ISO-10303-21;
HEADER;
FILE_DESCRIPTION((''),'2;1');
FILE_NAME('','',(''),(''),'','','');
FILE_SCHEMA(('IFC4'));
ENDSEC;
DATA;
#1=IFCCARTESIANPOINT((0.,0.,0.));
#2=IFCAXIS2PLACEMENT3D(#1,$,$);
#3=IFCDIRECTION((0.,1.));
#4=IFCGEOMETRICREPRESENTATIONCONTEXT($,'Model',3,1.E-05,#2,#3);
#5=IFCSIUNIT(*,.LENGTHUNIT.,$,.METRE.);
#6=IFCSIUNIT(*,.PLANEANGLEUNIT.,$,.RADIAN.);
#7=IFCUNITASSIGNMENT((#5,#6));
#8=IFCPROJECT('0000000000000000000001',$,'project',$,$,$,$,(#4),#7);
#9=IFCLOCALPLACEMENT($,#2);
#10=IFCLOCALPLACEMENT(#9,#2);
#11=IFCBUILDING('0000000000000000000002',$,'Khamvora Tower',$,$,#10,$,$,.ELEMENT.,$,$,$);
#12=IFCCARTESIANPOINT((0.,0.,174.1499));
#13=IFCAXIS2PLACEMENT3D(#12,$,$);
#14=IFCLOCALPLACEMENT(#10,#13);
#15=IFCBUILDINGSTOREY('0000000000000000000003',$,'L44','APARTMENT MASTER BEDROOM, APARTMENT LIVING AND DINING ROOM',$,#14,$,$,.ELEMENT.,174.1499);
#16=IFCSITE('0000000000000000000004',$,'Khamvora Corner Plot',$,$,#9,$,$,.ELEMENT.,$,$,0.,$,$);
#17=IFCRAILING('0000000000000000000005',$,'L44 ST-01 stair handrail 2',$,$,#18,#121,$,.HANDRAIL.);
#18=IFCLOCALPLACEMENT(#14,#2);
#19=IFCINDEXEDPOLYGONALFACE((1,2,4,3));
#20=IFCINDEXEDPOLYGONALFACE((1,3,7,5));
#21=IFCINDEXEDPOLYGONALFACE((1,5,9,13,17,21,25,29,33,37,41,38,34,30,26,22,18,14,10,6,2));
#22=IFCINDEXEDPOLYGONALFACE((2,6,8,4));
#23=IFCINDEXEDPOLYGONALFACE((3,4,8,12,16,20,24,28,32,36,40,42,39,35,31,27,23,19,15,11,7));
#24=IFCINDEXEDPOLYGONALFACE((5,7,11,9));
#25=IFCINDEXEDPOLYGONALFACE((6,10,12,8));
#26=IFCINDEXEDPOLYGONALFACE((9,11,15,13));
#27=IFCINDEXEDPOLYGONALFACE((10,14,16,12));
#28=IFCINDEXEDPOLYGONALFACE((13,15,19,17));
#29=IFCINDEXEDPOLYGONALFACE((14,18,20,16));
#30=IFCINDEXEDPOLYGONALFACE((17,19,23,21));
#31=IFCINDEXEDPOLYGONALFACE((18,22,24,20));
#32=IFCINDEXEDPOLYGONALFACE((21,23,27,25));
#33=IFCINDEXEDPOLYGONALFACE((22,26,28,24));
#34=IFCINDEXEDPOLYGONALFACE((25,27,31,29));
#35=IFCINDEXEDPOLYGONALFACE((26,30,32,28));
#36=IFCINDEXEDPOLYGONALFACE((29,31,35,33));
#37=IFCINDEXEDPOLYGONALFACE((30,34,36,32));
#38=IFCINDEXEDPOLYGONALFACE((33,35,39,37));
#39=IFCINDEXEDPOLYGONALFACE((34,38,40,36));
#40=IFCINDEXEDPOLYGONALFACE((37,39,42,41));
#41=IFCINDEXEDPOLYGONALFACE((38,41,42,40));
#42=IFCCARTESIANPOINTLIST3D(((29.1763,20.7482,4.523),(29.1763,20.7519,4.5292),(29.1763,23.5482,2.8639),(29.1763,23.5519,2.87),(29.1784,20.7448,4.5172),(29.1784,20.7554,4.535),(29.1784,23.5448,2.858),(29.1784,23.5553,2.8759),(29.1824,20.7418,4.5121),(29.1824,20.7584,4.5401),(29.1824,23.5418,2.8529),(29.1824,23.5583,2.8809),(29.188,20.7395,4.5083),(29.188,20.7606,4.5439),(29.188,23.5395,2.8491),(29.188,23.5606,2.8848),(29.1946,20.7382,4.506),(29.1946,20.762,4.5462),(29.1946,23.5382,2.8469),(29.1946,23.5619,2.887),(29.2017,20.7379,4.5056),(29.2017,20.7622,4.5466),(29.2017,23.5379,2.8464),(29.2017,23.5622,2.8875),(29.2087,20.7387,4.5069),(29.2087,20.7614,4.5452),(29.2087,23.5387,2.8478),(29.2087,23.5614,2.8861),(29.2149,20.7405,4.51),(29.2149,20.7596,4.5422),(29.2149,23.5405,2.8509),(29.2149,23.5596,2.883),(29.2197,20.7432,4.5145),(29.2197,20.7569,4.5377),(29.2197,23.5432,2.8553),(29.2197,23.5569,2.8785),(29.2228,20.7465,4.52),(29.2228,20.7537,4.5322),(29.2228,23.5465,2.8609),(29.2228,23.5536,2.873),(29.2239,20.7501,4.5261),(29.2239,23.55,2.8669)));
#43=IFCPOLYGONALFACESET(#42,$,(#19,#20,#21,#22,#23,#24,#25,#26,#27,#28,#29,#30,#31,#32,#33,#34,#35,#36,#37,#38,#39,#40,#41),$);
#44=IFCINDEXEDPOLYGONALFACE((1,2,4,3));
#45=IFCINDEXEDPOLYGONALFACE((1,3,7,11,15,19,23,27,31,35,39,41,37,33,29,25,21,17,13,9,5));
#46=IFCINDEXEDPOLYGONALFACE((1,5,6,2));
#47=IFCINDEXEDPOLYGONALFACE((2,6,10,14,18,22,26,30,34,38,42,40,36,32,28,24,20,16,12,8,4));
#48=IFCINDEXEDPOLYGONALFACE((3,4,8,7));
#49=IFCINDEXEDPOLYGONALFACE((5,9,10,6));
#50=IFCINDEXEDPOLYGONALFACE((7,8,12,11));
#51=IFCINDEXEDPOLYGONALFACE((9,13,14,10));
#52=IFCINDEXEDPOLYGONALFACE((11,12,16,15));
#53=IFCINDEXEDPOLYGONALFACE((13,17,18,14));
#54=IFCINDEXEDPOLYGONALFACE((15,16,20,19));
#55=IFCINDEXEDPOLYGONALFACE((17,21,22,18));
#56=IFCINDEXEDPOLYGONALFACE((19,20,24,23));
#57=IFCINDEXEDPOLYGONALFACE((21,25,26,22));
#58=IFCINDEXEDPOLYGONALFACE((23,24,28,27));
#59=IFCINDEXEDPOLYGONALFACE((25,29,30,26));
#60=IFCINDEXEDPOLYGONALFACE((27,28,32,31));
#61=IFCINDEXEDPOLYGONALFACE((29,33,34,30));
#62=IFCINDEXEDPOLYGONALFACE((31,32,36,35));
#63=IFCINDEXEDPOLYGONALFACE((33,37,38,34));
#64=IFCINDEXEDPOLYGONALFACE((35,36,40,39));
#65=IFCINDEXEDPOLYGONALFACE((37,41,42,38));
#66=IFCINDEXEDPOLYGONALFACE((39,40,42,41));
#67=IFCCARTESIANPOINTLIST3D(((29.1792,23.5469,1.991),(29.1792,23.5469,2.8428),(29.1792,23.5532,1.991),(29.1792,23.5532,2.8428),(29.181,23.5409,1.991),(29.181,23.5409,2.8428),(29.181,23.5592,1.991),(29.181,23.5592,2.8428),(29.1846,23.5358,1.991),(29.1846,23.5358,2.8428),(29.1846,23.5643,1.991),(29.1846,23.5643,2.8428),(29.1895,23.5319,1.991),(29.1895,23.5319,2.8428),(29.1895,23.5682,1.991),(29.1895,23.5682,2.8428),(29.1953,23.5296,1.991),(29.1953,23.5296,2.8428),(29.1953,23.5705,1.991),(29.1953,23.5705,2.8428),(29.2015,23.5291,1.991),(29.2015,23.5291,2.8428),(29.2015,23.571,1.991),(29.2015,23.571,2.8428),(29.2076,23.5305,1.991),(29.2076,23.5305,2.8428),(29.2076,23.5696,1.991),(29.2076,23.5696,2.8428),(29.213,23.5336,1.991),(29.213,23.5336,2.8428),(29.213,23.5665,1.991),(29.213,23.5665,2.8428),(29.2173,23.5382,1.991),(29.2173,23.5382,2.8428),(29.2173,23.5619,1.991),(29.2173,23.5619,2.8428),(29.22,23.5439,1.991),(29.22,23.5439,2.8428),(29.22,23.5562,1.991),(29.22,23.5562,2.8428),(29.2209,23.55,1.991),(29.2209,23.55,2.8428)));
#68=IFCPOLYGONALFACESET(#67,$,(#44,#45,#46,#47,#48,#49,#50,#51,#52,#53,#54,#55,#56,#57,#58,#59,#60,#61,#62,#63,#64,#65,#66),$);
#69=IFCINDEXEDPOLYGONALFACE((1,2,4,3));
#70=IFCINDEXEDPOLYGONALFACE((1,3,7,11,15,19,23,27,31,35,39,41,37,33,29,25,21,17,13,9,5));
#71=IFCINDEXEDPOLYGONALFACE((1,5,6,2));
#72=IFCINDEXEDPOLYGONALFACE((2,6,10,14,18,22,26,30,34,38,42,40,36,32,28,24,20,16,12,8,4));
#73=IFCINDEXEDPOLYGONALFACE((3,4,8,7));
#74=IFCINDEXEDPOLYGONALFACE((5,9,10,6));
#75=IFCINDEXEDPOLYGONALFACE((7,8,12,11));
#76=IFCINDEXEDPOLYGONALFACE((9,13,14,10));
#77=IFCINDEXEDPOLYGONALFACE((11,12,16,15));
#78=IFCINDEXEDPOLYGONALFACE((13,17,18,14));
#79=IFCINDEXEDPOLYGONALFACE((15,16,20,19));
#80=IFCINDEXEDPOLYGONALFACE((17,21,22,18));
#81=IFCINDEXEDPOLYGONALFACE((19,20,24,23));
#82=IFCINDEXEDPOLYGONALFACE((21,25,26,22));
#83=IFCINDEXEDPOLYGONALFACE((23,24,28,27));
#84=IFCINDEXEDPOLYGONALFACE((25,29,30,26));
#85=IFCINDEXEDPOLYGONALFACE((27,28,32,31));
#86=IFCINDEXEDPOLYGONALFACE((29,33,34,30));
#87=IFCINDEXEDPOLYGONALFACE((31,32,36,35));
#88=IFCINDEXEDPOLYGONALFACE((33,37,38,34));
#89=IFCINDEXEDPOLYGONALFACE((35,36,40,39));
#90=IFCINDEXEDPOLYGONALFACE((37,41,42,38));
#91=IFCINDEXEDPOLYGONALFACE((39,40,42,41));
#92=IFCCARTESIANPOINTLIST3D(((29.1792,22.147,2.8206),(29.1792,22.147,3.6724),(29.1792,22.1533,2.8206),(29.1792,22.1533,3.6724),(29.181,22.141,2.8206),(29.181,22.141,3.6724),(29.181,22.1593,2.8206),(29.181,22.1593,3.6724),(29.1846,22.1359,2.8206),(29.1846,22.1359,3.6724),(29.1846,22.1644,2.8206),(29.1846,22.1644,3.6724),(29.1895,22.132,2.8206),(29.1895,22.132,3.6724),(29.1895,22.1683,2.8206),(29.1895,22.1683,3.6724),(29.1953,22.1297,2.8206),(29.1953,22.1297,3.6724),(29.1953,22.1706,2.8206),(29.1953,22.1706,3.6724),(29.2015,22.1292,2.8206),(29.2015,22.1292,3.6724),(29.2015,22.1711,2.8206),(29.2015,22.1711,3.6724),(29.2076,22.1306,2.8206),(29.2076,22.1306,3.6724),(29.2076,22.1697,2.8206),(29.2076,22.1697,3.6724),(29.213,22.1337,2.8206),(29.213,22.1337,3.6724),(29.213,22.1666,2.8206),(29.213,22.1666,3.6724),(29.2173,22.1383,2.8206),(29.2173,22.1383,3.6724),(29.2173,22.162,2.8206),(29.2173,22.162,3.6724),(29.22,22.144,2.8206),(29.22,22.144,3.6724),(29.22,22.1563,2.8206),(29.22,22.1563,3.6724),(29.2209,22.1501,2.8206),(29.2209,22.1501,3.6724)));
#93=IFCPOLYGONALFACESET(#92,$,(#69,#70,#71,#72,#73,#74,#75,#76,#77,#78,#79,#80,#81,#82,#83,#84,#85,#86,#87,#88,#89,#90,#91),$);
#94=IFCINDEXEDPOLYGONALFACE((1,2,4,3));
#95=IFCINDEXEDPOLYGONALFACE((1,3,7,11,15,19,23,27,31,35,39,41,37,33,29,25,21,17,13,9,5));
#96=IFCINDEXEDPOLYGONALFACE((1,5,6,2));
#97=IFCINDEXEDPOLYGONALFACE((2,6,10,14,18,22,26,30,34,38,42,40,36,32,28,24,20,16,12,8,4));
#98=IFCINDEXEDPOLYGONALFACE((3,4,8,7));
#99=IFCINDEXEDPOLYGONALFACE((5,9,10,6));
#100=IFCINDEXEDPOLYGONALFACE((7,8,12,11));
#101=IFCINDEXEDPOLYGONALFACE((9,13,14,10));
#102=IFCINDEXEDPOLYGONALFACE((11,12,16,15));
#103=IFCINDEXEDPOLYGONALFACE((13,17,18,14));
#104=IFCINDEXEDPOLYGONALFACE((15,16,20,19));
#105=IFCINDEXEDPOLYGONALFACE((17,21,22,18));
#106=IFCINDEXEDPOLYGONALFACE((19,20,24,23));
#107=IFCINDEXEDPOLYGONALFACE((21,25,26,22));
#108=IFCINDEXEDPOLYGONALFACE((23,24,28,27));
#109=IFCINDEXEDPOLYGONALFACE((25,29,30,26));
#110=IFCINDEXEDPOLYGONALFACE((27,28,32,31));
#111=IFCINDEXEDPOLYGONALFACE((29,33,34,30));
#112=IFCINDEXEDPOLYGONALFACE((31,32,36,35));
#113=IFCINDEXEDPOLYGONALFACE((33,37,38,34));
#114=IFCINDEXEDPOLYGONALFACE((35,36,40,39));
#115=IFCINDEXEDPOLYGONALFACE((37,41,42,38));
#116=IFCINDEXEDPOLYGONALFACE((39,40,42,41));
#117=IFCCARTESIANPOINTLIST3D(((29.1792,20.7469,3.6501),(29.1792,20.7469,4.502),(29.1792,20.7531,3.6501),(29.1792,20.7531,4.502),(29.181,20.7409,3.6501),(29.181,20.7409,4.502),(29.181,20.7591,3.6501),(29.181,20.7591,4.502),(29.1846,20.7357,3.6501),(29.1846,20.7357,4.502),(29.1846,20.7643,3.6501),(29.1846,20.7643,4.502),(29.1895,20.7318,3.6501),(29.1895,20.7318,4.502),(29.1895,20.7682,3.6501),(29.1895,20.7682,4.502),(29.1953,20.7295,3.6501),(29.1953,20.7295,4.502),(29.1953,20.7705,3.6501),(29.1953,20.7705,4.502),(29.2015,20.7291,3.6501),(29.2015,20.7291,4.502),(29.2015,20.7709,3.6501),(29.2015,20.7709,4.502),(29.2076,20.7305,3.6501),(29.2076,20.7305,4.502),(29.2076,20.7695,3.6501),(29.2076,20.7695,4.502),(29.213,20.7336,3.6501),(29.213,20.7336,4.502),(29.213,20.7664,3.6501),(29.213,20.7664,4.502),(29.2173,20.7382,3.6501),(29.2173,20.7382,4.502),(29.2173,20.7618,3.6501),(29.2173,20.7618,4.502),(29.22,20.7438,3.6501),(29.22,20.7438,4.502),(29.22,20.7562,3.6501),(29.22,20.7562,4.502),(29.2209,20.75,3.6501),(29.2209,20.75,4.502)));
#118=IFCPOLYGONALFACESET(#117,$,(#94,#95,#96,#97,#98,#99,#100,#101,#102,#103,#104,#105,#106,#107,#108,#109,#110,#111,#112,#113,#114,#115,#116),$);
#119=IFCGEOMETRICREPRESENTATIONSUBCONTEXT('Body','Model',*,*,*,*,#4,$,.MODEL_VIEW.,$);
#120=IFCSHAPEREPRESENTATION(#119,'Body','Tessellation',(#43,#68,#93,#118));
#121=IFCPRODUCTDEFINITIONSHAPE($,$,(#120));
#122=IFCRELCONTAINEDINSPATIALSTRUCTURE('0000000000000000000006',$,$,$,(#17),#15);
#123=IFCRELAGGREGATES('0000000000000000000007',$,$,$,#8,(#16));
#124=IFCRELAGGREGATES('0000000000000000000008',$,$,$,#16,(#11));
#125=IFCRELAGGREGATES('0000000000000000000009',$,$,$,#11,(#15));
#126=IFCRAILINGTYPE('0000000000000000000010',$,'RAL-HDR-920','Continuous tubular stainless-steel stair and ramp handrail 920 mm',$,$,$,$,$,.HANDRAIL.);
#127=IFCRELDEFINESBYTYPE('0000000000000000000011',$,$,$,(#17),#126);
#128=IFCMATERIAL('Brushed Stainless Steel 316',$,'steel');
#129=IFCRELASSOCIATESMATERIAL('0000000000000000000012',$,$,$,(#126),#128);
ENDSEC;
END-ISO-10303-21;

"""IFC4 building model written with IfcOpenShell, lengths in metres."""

from ifc_helpers import new_model, si_unit, direction, frame, origin, origin_2d, place, context, subcontext, project, spatial, circle, extrude, material, type_object, element, save


model = new_model("IFC4")

# Units and contexts
model_context = context("Model", 3, precision=1e-05, world=origin(), true_north=direction((0.0, 1.0)))
body_context = subcontext(model_context, "Body", "Model", "MODEL_VIEW")
ifc_project = project(units=[si_unit("LENGTHUNIT", "METRE"), si_unit("PLANEANGLEUNIT", "RADIAN")], contexts=[model_context])

# Site, building, storey
site_placement = place(None, origin())
site = spatial("IfcSite", under=ifc_project, at=site_placement, Name="Khamvora Corner Plot", CompositionType="ELEMENT", RefElevation=0.0)
building_placement = place(site_placement, origin())
building = spatial("IfcBuilding", under=site, at=building_placement, Name="Khamvora Tower", CompositionType="ELEMENT")
storey_placement = place(building_placement, frame((0.0, 0.0, 174.1499)))
storey = spatial("IfcBuildingStorey", under=building, at=storey_placement, Name="L44", Description="APARTMENT MASTER BEDROOM, APARTMENT LIVING AND DINING ROOM", CompositionType="ELEMENT", Elevation=174.1499)

# Railing
ifc_material_1 = material(Name="Brushed Stainless Steel 316", Category="steel")
railing_type_1 = type_object("IfcRailingType", Name="RAL-HDR-920", Description="Continuous tubular stainless-steel stair and ramp handrail 920 mm", PredefinedType="HANDRAIL", material=ifc_material_1)
railing_1_placement = place(storey_placement, frame((29.2, 23.55, 1.991)))
element("IfcRailing", 1, at=railing_1_placement, inside=storey, type_object=railing_type_1, Name="L44 ST-01 stair handrail 2", PredefinedType="HANDRAIL", context=body_context, shape_type="SweptSolid", body=[
    extrude(circle(Radius=0.0239, at=origin_2d()), frame((0.0, 0.0, 0.876), z_axis=(0.0, -0.860306, 0.509778), x_axis=(1.0, 0.0, 0.0)), (0.0, 0.0, 1.0), 3.2546),
    extrude(circle(Radius=0.021, at=origin_2d()), origin(), (0.0, 0.0, 1.0), 0.8518),
    extrude(circle(Radius=0.021, at=origin_2d()), frame((0.0, -1.3999, 0.8296)), (0.0, 0.0, 1.0), 0.8518),
    extrude(circle(Radius=0.021, at=origin_2d()), frame((0.0, -2.8, 1.6592)), (0.0, 0.0, 1.0), 0.8518),
])

save(model, "model.ifc")
